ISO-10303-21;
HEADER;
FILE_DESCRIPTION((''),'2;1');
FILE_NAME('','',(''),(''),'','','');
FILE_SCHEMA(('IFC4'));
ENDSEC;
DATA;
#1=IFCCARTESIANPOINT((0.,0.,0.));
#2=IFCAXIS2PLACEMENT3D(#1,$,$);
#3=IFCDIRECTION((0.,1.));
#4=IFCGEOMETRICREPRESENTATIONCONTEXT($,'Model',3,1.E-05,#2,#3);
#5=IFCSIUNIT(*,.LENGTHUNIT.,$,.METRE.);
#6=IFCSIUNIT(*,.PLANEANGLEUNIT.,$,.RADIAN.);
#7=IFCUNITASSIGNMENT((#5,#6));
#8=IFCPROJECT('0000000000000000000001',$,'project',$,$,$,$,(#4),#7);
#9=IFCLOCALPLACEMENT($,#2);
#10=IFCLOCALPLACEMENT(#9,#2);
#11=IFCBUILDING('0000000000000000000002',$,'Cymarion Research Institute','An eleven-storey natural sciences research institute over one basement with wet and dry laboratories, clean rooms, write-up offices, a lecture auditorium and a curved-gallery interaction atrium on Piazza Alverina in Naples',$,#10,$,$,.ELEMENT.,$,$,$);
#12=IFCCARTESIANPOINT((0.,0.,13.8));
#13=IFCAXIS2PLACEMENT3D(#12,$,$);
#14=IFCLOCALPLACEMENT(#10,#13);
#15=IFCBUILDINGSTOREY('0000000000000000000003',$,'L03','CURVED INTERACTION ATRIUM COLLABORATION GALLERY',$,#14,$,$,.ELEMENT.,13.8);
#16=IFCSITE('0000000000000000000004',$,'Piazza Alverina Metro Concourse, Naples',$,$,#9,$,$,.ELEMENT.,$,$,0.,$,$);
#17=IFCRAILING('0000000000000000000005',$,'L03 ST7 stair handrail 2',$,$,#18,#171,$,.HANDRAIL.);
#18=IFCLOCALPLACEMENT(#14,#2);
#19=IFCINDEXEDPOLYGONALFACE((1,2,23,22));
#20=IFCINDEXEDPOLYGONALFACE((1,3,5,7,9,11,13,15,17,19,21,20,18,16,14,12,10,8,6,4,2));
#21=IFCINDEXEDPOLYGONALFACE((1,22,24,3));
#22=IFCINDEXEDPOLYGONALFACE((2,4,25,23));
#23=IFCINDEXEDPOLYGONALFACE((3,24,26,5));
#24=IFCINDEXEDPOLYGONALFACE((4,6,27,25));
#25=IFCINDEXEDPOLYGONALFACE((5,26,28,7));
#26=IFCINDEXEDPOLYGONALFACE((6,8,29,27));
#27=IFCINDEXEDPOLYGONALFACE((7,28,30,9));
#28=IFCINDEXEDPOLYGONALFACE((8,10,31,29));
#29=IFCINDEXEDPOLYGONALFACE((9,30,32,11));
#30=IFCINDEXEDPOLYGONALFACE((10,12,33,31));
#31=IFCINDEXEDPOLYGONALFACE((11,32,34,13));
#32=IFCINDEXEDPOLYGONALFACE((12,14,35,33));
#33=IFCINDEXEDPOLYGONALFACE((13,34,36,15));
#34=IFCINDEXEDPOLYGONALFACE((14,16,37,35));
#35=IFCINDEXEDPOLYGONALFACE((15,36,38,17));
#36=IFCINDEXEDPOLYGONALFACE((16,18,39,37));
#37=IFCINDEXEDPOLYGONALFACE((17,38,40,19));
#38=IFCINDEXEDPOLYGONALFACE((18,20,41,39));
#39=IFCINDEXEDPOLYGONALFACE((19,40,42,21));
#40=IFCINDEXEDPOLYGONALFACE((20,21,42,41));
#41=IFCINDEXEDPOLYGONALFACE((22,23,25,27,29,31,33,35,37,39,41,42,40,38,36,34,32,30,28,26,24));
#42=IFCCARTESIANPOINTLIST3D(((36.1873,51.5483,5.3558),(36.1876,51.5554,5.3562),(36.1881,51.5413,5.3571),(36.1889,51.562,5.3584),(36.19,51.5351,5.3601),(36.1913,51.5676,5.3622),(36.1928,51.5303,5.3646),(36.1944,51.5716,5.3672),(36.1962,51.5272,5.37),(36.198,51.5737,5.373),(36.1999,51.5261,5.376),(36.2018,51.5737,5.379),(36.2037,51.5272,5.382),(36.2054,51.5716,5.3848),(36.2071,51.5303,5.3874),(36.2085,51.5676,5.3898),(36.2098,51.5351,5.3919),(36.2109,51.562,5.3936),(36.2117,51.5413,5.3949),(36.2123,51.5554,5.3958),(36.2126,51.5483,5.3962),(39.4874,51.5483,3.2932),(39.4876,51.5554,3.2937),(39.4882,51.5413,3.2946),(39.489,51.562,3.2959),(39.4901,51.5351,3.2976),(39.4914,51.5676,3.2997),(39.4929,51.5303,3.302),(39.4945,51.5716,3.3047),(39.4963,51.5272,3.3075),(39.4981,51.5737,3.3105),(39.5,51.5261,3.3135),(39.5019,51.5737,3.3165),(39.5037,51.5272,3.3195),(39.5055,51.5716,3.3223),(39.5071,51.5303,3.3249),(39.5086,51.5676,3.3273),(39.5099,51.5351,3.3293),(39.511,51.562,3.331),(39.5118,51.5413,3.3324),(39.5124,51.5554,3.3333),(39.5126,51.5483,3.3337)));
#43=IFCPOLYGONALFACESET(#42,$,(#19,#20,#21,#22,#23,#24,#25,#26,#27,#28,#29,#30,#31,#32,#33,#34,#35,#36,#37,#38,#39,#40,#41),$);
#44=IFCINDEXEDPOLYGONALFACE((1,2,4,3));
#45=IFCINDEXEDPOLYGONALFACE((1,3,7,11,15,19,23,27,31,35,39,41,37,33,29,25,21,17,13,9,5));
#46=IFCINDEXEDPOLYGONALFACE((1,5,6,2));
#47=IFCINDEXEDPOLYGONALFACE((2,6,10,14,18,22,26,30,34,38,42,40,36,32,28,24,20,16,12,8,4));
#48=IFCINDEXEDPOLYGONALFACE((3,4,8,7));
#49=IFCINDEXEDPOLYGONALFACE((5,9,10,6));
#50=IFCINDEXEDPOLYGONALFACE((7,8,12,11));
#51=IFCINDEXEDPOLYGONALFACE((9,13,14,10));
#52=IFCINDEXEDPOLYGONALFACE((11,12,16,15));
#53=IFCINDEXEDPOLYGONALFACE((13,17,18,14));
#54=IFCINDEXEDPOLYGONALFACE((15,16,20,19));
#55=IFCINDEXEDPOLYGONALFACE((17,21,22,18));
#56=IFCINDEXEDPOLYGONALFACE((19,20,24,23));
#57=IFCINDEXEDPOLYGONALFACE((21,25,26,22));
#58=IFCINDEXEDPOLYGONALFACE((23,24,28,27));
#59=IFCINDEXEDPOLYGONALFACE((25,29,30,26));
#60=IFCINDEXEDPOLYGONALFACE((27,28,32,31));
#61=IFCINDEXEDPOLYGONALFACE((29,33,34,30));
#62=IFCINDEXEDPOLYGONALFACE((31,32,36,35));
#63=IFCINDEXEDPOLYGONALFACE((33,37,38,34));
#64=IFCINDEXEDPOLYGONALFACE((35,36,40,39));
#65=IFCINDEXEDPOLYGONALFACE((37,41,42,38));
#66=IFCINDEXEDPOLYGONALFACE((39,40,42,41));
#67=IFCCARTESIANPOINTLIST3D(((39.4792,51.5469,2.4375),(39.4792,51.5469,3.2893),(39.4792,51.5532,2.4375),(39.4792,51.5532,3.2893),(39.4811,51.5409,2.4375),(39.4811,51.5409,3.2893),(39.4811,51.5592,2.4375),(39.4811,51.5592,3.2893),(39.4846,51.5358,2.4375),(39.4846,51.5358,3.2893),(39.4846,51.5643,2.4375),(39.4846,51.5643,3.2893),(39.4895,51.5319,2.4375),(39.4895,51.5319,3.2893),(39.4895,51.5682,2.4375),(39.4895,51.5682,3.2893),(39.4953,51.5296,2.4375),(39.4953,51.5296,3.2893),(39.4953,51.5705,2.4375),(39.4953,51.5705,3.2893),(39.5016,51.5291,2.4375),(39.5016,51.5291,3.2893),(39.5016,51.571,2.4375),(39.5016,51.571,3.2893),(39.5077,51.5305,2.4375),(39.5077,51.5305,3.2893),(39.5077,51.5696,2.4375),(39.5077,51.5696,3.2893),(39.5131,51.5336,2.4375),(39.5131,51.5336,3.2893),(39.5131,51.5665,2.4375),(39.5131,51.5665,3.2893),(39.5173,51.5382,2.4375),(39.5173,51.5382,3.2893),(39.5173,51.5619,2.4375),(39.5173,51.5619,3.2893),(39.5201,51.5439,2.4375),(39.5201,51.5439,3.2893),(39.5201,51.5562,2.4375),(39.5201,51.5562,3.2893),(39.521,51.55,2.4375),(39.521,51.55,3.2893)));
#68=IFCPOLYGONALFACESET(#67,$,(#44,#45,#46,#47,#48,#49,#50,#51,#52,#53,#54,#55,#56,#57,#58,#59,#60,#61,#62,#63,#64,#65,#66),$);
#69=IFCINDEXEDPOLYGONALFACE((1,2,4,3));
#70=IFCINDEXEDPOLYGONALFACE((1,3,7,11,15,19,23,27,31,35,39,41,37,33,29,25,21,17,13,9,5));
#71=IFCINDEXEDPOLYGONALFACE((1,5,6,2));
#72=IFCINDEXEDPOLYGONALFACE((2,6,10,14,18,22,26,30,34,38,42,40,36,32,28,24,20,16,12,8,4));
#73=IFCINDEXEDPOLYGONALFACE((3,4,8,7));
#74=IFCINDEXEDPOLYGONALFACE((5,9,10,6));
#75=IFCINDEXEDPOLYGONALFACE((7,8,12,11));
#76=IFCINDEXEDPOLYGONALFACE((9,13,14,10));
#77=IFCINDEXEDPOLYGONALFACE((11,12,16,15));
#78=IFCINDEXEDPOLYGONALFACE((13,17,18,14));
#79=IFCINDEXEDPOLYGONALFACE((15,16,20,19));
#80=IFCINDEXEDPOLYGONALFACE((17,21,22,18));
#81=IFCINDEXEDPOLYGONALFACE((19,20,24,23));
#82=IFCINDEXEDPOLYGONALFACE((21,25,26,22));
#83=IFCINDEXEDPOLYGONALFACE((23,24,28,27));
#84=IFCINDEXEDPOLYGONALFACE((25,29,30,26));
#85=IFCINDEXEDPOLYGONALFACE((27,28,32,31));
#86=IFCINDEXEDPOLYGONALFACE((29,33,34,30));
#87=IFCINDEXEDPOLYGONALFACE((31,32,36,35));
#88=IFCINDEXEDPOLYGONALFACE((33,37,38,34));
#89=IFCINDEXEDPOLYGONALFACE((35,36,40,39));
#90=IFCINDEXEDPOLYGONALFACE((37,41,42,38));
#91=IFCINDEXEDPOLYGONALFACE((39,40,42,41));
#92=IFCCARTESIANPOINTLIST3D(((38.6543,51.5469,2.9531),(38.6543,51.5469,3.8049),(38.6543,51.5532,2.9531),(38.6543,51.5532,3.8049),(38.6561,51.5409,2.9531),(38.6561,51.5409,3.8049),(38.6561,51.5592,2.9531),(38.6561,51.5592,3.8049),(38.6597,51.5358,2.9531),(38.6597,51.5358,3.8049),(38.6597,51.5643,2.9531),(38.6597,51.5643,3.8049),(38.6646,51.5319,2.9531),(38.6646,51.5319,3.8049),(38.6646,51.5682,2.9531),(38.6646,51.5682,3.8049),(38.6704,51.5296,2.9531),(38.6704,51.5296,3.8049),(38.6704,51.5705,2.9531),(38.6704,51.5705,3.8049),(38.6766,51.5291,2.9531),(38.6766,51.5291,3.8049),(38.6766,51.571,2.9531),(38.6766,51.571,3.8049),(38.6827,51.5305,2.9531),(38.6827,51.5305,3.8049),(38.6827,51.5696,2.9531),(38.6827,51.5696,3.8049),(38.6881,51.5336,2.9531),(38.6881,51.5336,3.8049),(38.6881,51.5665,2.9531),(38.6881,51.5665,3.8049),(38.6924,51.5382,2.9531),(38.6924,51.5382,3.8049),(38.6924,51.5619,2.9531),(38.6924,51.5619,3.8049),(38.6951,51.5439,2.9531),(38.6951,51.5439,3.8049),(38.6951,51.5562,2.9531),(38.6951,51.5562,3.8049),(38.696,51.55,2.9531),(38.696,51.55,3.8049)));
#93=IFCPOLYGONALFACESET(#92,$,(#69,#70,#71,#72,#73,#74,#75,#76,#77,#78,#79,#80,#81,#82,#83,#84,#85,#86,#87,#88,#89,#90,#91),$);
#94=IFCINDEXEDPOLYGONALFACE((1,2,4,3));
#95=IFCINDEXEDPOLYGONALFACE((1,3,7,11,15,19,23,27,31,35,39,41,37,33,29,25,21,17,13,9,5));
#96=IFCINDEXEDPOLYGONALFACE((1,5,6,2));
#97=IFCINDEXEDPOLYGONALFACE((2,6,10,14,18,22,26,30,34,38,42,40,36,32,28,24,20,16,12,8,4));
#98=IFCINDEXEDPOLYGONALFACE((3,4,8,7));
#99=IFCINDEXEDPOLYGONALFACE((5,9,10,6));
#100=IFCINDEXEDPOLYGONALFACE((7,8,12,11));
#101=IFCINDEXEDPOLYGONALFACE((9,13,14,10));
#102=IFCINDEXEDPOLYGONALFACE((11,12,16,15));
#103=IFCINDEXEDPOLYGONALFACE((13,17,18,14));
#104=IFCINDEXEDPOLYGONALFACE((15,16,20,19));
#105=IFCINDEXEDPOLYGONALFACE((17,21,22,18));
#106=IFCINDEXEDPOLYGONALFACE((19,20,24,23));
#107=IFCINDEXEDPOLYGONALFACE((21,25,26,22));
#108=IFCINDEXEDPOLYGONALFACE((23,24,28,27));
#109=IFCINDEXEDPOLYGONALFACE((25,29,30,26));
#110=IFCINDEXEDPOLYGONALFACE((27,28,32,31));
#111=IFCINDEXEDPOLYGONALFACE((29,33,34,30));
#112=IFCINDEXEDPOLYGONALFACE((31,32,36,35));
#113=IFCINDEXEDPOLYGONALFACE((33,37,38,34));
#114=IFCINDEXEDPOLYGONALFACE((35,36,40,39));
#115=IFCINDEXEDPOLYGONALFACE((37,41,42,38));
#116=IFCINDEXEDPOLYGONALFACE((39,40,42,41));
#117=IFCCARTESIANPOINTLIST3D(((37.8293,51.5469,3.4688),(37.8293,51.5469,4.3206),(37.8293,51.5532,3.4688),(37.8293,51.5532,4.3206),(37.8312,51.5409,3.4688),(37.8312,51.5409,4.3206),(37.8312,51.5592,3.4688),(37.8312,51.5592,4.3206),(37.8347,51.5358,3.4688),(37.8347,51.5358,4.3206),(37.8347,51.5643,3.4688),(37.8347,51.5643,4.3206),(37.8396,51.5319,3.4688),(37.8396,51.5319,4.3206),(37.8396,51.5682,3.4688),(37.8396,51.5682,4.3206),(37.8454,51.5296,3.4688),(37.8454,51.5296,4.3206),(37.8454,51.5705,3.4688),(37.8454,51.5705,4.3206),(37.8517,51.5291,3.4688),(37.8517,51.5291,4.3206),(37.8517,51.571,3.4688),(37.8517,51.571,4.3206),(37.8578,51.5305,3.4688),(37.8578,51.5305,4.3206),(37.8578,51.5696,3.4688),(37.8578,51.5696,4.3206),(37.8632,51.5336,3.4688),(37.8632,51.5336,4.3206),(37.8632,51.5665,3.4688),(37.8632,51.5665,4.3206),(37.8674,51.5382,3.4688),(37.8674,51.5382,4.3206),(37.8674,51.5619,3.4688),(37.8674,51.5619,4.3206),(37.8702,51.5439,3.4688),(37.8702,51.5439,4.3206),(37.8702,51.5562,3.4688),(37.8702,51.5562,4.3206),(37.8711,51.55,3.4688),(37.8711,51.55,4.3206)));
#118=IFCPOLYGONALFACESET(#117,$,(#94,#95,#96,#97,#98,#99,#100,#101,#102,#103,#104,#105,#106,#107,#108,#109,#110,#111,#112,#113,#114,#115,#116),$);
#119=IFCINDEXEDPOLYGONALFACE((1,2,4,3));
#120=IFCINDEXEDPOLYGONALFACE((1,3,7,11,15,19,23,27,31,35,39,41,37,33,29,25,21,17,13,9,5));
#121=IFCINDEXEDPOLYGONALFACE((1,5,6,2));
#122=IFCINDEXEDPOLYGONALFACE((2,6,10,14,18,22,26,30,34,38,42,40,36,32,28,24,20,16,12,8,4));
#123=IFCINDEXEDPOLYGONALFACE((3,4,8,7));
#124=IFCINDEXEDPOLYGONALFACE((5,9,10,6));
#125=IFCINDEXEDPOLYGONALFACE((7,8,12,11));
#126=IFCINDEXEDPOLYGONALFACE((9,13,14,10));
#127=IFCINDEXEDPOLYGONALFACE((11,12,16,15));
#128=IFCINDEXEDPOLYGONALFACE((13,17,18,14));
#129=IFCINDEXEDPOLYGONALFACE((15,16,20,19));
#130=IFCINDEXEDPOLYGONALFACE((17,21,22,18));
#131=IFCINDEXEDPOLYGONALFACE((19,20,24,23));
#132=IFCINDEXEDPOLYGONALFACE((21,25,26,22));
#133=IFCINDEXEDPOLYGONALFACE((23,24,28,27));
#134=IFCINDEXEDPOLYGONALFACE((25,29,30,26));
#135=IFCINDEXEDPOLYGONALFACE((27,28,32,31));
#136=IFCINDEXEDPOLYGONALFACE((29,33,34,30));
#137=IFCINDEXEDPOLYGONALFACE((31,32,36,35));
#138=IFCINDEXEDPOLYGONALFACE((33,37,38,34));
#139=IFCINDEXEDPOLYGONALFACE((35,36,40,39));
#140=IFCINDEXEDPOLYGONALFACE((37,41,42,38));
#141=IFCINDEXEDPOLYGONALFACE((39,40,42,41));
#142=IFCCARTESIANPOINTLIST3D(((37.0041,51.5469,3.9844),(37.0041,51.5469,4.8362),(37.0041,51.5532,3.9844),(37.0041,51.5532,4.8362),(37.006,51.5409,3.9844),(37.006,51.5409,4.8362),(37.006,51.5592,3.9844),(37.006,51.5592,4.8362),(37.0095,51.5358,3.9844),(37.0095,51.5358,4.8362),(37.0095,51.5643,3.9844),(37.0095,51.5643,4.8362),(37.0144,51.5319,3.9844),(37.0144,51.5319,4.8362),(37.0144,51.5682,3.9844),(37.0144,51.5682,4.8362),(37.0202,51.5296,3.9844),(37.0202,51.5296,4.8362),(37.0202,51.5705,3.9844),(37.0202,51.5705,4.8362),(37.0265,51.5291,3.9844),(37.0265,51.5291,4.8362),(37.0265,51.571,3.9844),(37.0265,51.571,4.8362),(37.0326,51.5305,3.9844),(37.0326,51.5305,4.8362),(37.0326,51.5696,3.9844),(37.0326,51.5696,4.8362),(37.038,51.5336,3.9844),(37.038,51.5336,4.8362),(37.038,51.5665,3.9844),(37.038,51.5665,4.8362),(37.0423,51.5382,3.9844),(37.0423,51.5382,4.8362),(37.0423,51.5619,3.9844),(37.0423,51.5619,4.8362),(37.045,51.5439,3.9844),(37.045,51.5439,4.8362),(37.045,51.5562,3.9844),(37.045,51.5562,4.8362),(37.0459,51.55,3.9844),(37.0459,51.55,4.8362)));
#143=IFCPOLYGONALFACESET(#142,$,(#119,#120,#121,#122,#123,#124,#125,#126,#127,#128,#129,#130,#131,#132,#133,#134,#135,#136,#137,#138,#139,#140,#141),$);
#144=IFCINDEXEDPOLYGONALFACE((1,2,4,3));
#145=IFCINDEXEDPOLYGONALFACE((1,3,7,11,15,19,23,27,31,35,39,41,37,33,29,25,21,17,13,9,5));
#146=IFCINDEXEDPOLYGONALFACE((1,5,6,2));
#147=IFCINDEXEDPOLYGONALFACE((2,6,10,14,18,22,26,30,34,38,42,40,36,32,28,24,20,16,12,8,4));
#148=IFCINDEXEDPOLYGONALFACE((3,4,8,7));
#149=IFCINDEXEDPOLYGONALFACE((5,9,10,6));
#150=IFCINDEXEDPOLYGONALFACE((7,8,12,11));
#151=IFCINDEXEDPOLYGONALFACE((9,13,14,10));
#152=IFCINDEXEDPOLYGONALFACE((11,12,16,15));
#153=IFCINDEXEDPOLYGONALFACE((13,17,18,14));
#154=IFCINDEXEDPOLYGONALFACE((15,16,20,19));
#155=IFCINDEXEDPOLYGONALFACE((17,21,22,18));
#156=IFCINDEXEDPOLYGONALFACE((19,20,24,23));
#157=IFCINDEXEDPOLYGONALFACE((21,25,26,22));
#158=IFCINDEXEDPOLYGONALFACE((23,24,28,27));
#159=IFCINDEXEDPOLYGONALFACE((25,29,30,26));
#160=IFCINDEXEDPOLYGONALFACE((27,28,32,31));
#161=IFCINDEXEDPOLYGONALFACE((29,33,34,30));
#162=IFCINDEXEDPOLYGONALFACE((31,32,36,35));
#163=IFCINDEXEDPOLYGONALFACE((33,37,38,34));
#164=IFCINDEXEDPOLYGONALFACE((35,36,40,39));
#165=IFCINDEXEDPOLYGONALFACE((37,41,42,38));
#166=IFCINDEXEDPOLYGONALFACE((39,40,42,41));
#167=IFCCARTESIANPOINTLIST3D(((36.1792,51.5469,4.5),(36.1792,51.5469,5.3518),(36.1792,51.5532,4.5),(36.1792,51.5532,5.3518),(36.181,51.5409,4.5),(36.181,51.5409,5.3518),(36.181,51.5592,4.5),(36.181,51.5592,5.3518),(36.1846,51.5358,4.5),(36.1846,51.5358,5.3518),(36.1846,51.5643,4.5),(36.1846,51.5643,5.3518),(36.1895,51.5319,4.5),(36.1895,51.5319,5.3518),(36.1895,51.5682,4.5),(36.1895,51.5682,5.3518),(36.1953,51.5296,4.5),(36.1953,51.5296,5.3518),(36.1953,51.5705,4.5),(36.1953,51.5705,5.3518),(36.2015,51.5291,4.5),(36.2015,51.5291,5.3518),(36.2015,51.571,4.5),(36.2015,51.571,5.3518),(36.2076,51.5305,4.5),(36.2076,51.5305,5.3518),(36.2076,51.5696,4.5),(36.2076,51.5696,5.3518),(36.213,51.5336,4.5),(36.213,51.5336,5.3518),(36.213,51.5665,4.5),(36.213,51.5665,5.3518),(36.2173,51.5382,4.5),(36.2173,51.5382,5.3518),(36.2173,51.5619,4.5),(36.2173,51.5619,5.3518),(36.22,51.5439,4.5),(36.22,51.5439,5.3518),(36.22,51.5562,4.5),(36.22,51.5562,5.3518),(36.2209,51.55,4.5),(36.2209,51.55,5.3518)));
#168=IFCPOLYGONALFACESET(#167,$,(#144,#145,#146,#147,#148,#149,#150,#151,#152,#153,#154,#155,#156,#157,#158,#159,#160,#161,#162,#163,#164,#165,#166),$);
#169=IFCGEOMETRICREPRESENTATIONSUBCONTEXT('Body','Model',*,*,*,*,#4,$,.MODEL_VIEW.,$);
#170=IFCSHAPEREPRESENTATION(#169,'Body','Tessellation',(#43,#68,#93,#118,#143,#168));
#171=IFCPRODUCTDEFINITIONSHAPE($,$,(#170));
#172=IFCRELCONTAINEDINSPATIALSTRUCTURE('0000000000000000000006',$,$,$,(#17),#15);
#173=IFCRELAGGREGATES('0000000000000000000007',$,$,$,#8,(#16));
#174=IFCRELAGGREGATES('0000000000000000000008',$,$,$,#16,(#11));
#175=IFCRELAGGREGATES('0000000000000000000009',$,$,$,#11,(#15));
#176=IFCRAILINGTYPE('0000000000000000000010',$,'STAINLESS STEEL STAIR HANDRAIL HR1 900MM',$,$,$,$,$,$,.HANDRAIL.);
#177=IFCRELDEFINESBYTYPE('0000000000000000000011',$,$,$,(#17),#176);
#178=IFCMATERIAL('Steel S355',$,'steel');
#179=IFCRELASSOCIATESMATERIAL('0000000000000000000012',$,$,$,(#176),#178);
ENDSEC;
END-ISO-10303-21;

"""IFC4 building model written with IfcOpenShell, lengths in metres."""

from ifc_helpers import new_model, si_unit, direction, frame, origin, origin_2d, place, context, subcontext, project, spatial, circle, extrude, material, type_object, element, save


model = new_model("IFC4")

# Units and contexts
model_context = context("Model", 3, precision=1e-05, world=origin(), true_north=direction((0.0, 1.0)))
body_context = subcontext(model_context, "Body", "Model", "MODEL_VIEW")
ifc_project = project(units=[si_unit("LENGTHUNIT", "METRE"), si_unit("PLANEANGLEUNIT", "RADIAN")], contexts=[model_context])

# Site, building, storey
site_placement = place(None, origin())
site = spatial("IfcSite", under=ifc_project, at=site_placement, Name="Piazza Alverina Metro Concourse, Naples", CompositionType="ELEMENT", RefElevation=0.0)
building_placement = place(site_placement, origin())
building = spatial("IfcBuilding", under=site, at=building_placement, Name="Cymarion Research Institute", Description="An eleven-storey natural sciences research institute over one basement with wet and dry laboratories, clean rooms, write-up offices, a lecture auditorium and a curved-gallery interaction atrium on Piazza Alverina in Naples", CompositionType="ELEMENT")
storey_placement = place(building_placement, frame((0.0, 0.0, 13.8)))
storey = spatial("IfcBuildingStorey", under=building, at=storey_placement, Name="L03", Description="CURVED INTERACTION ATRIUM COLLABORATION GALLERY", CompositionType="ELEMENT", Elevation=13.8)

# Shared definitions
ifc_material_1 = material(Name="Steel S355", Category="steel")

# Railing
railing_type_1 = type_object("IfcRailingType", Name="STAINLESS STEEL STAIR HANDRAIL HR1 900MM", PredefinedType="HANDRAIL", material=ifc_material_1)
railing_1_placement = place(storey_placement, frame((39.5, 51.55, 2.4375)))
element("IfcRailing", 1, at=railing_1_placement, inside=storey, type_object=railing_type_1, Name="L03 ST7 stair handrail 2", PredefinedType="HANDRAIL", context=body_context, shape_type="SweptSolid", body=[
    extrude(circle(Radius=0.0239, at=origin_2d()), frame((0.0, 0.0, 0.876), z_axis=(-0.848002, 0.0, 0.529993), x_axis=(0.0, -1.0, 0.0)), (0.0, 0.0, 1.0), 3.8916),
    extrude(circle(Radius=0.021, at=origin_2d()), origin(), (0.0, 0.0, 1.0), 0.8518),
    extrude(circle(Radius=0.021, at=origin_2d()), frame((-0.825, 0.0, 0.5156)), (0.0, 0.0, 1.0), 0.8518),
    extrude(circle(Radius=0.021, at=origin_2d()), frame((-1.6499, 0.0, 1.0312)), (0.0, 0.0, 1.0), 0.8518),
    extrude(circle(Radius=0.021, at=origin_2d()), frame((-2.4751, 0.0, 1.5469)), (0.0, 0.0, 1.0), 0.8518),
    extrude(circle(Radius=0.021, at=origin_2d()), frame((-3.3, 0.0, 2.0625)), (0.0, 0.0, 1.0), 0.8518),
])

save(model, "model.ifc")
